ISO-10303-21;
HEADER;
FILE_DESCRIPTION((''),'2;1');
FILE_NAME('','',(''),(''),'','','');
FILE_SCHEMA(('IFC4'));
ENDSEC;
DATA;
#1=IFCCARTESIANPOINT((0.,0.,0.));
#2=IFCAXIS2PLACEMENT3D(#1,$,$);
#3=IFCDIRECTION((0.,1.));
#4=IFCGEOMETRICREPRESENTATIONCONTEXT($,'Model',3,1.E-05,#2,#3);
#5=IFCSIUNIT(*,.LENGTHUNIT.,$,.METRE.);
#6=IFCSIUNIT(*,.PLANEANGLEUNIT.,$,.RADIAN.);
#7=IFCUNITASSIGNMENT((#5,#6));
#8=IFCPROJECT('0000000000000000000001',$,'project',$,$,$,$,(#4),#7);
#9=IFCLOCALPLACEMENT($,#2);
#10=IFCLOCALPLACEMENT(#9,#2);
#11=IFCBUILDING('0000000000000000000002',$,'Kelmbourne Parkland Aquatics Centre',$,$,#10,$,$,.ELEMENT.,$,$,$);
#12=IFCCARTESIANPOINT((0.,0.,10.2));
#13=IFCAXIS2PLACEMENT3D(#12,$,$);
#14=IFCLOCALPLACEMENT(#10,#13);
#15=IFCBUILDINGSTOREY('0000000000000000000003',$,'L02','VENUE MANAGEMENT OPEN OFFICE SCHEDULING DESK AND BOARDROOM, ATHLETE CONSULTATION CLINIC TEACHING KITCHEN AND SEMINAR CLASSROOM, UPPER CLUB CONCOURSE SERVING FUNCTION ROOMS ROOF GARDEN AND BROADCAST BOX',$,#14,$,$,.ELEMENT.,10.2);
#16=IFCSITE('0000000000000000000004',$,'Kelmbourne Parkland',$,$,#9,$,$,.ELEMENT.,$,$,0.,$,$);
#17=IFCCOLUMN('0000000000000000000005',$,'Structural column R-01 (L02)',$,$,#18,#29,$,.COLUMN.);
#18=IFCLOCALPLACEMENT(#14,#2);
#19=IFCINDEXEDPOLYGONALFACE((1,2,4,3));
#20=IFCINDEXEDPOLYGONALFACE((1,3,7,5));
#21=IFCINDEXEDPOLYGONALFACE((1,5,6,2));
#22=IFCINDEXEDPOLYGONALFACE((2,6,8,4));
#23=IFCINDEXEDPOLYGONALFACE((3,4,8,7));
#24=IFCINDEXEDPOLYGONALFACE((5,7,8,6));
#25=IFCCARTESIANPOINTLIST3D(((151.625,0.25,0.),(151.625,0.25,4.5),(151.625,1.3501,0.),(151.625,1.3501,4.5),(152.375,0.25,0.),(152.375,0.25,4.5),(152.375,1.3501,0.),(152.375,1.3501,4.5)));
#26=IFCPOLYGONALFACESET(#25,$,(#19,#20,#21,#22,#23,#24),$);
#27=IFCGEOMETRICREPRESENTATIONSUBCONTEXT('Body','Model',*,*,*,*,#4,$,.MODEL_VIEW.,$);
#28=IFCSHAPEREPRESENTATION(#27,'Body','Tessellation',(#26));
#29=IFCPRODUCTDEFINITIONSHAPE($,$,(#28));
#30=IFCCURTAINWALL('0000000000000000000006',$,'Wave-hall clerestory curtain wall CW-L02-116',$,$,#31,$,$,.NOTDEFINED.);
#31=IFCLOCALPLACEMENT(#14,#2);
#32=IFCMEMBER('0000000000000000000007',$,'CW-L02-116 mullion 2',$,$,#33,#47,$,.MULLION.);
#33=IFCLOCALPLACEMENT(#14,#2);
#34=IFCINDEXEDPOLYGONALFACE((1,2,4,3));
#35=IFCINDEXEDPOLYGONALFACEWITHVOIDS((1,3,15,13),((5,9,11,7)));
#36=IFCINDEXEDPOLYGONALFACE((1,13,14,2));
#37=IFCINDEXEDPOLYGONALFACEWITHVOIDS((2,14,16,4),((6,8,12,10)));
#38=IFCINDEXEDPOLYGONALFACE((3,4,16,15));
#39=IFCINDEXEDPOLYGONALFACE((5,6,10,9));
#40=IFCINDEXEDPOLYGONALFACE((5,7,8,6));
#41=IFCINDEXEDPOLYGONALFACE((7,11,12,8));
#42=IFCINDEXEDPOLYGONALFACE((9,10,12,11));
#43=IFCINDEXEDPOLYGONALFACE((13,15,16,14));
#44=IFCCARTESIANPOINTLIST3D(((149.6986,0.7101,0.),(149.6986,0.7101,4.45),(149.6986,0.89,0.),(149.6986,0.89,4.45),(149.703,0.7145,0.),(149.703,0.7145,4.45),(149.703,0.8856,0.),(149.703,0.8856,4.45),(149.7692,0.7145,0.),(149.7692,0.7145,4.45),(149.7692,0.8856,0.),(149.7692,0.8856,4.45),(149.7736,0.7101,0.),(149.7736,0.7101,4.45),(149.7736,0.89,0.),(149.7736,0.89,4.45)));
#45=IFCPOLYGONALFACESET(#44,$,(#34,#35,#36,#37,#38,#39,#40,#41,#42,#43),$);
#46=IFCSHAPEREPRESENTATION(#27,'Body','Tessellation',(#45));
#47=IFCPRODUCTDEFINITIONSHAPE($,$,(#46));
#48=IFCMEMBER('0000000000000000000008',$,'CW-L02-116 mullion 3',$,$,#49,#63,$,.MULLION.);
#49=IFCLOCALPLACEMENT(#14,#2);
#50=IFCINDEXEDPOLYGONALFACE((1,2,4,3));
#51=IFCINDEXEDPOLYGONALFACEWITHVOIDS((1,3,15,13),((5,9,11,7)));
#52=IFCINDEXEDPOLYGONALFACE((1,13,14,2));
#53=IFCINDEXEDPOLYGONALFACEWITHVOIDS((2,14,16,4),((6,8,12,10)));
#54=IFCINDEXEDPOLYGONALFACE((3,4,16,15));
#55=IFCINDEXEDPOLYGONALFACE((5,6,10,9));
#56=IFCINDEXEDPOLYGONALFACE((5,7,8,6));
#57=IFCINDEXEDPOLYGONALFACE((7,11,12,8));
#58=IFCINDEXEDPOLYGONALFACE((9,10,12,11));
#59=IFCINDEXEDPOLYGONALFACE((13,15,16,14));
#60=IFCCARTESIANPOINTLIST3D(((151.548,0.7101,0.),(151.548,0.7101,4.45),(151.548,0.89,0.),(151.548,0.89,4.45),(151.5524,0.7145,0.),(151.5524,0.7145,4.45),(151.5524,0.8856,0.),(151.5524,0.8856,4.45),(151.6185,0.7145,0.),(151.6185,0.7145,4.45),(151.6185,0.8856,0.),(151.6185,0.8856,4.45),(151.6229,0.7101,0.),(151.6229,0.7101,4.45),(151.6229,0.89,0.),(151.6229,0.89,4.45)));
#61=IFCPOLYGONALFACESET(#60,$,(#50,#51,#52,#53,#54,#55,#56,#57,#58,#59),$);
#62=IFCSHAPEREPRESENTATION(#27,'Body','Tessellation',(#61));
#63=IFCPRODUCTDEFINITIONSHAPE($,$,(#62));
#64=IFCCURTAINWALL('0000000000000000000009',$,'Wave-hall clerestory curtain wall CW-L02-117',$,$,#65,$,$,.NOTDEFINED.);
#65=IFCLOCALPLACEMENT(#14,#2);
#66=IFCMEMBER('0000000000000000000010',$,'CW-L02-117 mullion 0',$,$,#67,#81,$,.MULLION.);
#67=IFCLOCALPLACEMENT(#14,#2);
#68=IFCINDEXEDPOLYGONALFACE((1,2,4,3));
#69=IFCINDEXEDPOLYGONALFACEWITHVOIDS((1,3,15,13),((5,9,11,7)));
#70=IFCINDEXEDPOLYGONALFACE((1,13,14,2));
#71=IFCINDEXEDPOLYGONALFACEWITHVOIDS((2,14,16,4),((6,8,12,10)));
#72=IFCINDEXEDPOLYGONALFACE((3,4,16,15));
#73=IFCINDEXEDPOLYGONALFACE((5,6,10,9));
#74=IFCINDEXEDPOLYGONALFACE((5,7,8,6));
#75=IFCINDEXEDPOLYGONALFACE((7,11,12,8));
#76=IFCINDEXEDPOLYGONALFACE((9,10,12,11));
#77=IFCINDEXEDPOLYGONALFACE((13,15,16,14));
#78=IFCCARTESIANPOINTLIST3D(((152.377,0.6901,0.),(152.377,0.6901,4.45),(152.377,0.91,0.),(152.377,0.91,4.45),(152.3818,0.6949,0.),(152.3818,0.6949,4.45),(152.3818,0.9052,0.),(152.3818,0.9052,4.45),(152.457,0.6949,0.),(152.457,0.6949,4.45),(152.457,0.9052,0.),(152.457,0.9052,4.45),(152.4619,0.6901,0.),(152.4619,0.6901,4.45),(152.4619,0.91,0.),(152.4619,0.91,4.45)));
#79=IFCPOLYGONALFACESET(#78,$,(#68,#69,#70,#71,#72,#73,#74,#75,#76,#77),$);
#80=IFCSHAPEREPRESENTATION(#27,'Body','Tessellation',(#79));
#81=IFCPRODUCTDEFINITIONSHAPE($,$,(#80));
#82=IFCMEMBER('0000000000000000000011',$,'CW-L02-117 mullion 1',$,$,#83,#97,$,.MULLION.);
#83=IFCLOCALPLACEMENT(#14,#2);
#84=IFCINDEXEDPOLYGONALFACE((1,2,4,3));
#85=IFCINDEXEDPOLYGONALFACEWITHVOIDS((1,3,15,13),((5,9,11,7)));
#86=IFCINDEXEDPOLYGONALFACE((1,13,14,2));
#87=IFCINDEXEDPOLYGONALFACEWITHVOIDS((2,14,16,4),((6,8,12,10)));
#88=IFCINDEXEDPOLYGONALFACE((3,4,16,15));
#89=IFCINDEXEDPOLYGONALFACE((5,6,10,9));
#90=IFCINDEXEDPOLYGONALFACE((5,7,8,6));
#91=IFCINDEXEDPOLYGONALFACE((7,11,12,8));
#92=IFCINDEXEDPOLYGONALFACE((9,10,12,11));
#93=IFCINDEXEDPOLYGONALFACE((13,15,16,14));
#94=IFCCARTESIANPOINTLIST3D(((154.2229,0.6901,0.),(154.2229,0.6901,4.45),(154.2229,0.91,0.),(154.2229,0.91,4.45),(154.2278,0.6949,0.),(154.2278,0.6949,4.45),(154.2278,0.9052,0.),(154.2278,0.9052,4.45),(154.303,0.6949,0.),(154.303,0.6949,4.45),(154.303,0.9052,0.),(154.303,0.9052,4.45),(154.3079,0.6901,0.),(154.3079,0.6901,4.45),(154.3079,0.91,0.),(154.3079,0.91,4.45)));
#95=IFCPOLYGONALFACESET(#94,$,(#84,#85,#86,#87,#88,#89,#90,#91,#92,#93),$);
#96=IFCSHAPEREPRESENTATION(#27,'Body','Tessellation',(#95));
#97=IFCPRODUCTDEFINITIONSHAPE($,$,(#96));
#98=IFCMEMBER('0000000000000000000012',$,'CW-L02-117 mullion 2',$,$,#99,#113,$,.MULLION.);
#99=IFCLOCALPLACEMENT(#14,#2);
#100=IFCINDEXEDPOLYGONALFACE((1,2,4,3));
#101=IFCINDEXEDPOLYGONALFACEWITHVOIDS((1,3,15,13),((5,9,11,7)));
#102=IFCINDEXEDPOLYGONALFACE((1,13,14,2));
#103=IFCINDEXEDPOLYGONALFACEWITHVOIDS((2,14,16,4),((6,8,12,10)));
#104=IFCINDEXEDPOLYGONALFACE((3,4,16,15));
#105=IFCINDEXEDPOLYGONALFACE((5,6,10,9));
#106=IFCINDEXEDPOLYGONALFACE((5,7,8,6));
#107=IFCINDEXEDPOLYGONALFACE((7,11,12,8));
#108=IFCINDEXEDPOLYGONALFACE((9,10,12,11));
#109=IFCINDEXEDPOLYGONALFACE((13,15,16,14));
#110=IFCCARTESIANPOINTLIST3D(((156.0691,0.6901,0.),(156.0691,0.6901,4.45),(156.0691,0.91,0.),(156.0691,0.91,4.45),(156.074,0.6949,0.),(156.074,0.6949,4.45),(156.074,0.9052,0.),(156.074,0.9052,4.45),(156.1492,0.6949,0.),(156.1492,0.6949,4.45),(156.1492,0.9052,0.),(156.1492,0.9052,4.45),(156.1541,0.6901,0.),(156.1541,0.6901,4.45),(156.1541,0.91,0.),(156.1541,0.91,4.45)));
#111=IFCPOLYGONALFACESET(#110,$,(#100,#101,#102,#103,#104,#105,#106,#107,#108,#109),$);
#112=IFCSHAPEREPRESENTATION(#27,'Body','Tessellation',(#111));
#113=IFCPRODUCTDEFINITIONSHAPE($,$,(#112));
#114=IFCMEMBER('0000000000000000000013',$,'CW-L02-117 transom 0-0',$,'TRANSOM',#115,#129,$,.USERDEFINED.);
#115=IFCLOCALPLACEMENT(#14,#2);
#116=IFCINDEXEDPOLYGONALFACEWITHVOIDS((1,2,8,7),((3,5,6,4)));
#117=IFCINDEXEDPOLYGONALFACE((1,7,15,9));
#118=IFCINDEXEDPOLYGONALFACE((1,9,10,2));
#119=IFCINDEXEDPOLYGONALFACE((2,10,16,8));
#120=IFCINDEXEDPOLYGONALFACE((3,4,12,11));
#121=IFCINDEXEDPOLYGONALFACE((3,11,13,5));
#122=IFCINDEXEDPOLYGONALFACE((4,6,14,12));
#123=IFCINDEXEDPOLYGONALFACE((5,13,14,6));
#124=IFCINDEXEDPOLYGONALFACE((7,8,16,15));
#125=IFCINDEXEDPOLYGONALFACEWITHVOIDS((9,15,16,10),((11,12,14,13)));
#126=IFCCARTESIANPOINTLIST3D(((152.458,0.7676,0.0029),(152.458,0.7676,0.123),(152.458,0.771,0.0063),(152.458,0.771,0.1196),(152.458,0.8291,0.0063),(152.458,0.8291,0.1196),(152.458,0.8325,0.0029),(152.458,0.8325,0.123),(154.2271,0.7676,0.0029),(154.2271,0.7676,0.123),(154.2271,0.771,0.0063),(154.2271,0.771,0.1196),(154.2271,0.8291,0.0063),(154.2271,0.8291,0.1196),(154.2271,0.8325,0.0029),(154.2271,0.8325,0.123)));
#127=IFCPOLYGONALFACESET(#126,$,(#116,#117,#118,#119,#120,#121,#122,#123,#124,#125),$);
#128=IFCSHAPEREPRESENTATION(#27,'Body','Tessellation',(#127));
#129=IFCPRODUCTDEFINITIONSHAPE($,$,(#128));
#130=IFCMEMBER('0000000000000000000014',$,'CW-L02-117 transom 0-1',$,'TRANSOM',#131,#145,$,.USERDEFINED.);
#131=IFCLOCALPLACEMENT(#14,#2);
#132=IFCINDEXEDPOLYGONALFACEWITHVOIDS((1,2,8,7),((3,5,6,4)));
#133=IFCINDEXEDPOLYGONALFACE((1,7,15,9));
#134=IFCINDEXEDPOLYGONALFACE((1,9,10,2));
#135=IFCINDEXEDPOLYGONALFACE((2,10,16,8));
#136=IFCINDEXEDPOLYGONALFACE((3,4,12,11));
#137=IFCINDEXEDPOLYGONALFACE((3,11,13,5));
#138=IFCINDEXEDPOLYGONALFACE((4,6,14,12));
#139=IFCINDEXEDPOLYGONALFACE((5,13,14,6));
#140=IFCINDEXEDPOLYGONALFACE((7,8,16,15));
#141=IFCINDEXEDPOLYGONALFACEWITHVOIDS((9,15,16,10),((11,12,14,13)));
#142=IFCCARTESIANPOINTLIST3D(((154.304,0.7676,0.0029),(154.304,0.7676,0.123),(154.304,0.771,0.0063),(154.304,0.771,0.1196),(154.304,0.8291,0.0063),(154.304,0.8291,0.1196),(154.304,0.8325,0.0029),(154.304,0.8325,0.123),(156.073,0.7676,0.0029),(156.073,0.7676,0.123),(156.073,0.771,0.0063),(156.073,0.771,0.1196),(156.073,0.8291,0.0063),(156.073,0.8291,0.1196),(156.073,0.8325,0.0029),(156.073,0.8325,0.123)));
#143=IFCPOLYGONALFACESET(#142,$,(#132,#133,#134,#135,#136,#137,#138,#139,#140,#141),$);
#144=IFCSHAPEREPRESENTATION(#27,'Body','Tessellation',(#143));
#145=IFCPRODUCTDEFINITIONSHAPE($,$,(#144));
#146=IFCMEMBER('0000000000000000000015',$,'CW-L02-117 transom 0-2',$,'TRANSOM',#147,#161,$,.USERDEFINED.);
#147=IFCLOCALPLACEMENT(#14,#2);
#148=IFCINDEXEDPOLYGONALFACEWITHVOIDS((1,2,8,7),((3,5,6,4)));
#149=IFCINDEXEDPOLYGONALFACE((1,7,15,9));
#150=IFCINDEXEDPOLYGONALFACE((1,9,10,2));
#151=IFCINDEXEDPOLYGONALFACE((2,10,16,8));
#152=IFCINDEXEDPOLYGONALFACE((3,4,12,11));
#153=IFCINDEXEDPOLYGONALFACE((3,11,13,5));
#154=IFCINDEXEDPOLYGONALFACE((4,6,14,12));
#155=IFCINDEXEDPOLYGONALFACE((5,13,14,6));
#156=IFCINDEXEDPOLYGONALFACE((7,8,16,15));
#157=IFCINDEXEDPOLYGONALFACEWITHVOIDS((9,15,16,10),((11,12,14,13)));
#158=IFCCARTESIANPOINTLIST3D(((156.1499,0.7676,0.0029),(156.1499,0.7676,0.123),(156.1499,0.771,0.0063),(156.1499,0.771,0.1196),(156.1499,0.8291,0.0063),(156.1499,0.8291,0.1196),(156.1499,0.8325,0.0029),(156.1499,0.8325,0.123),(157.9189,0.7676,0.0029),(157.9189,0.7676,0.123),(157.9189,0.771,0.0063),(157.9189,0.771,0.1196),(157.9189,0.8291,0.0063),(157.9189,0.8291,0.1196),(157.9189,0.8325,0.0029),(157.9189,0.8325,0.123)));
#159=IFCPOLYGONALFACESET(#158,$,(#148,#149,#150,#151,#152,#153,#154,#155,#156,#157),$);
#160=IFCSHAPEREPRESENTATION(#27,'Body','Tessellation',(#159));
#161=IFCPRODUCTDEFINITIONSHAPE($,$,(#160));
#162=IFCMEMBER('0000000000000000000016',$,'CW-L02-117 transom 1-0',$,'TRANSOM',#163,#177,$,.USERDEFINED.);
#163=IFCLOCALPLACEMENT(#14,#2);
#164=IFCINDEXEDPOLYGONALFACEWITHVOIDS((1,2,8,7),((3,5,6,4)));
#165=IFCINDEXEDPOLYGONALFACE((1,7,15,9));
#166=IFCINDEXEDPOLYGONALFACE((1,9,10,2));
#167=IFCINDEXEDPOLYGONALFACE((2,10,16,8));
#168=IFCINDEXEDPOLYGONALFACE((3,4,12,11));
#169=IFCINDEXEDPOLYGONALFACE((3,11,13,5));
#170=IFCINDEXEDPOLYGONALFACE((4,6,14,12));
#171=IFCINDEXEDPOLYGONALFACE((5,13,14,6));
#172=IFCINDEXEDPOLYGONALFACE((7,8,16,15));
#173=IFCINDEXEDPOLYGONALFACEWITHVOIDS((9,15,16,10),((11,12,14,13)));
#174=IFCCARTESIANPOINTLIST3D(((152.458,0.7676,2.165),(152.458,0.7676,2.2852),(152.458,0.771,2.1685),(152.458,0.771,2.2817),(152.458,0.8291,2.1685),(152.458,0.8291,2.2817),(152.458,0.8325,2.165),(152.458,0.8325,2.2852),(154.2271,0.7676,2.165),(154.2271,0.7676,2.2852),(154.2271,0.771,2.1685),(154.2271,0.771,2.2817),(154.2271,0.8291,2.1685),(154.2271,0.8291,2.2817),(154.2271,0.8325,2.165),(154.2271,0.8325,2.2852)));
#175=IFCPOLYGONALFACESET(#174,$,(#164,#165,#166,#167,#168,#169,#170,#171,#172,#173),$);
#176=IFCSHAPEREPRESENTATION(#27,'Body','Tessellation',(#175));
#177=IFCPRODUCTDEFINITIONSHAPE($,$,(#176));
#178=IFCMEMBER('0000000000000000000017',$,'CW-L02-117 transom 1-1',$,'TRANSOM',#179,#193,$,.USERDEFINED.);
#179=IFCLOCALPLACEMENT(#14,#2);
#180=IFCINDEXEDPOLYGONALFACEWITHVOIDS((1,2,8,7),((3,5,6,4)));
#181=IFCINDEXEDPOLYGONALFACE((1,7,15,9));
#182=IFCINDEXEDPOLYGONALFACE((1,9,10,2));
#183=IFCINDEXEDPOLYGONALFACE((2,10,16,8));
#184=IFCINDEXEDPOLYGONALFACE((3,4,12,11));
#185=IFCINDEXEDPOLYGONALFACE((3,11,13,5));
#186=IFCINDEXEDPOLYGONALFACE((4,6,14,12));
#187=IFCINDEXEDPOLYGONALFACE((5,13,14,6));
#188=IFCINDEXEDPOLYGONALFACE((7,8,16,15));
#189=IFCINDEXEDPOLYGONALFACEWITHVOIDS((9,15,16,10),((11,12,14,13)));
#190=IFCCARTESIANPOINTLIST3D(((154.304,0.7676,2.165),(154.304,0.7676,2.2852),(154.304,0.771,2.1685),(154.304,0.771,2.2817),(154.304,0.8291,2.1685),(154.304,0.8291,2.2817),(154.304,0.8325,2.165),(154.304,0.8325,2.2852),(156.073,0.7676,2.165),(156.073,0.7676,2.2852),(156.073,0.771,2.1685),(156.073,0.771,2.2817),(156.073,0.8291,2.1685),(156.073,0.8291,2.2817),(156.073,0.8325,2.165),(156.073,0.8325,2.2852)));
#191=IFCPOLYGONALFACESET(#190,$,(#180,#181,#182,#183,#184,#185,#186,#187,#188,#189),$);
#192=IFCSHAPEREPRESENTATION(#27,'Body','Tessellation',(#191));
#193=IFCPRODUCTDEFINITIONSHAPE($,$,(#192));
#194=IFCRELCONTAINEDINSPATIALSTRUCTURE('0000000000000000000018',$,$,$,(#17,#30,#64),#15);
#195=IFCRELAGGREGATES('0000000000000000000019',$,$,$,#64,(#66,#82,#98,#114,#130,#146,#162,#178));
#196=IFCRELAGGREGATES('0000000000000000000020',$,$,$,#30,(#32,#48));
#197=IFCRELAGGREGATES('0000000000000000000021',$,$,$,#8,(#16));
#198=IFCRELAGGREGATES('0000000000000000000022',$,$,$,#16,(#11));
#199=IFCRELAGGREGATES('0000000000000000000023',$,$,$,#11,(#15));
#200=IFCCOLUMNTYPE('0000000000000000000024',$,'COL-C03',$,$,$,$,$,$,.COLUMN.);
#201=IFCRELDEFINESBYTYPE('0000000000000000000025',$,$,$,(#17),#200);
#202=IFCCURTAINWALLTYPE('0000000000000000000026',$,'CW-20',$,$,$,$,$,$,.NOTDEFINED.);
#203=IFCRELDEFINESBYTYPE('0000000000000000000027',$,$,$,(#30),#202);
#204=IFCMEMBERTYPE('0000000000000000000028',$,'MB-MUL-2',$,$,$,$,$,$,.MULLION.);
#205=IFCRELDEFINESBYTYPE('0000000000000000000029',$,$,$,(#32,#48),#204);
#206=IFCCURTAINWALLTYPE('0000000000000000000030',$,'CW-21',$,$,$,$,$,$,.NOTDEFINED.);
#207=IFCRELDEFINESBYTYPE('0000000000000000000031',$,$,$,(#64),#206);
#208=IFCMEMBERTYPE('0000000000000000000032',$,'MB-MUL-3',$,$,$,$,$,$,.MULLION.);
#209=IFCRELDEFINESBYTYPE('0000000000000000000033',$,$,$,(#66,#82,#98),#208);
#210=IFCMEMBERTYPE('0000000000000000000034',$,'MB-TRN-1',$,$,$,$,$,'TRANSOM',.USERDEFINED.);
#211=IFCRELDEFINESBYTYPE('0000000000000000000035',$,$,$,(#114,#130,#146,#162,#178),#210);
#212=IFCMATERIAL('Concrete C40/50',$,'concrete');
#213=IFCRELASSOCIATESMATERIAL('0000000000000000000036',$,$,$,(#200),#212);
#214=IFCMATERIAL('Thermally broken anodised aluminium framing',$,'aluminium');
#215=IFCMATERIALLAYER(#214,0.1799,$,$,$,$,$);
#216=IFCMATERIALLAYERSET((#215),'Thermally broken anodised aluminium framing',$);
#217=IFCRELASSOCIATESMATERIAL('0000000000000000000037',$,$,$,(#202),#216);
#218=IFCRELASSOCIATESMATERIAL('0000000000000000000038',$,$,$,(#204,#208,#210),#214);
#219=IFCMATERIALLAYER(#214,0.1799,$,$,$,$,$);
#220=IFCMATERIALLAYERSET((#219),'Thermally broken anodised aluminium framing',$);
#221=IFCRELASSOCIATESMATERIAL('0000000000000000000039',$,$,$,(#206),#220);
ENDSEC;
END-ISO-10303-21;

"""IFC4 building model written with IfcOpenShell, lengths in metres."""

from ifc_helpers import new_model, si_unit, direction, frame, origin, origin_2d, place, context, subcontext, project, spatial, rectangle, hollow_rectangle, extrude, material, layer, layer_set, material_profile, profile_set, type_object, element, aggregate, save


model = new_model("IFC4")

# Units and contexts
model_context = context("Model", 3, precision=1e-05, world=origin(), true_north=direction((0.0, 1.0)))
body_context = subcontext(model_context, "Body", "Model", "MODEL_VIEW")
ifc_project = project(units=[si_unit("LENGTHUNIT", "METRE"), si_unit("PLANEANGLEUNIT", "RADIAN")], contexts=[model_context])

# Site, building, storey
site_placement = place(None, origin())
site = spatial("IfcSite", under=ifc_project, at=site_placement, Name="Kelmbourne Parkland", CompositionType="ELEMENT", RefElevation=0.0)
building_placement = place(site_placement, origin())
building = spatial("IfcBuilding", under=site, at=building_placement, Name="Kelmbourne Parkland Aquatics Centre", CompositionType="ELEMENT")
storey_placement = place(building_placement, frame((0.0, 0.0, 10.2)))
storey = spatial("IfcBuildingStorey", under=building, at=storey_placement, Name="L02", Description="VENUE MANAGEMENT OPEN OFFICE SCHEDULING DESK AND BOARDROOM, ATHLETE CONSULTATION CLINIC TEACHING KITCHEN AND SEMINAR CLASSROOM, UPPER CLUB CONCOURSE SERVING FUNCTION ROOMS ROOF GARDEN AND BROADCAST BOX", CompositionType="ELEMENT", Elevation=10.2)

# Column
ifc_material_1 = material(Name="Concrete C40/50", Category="concrete")
ifc_material_profile_1 = material_profile(ifc_material_1, rectangle(XDim=0.75, YDim=1.1001, at=origin_2d()), Name="RC 750x1100")
ifc_profile_set_1 = profile_set([ifc_material_profile_1], Name="Concrete C40/50")
column_type = type_object("IfcColumnType", Name="COL-C03", PredefinedType="COLUMN", material=ifc_profile_set_1)
column_placement = place(storey_placement, frame((152.0, 0.8, 0.0), z_axis=(0.0, 0.0, 1.0), x_axis=(1.0, 0.0, 0.0)))
element("IfcColumn", 1, at=column_placement, inside=storey, type_object=column_type, Name="Structural column R-01 (L02)", PredefinedType="COLUMN", context=body_context, shape_type="SweptSolid", body=[
    extrude(rectangle(XDim=0.75, YDim=1.1001, at=origin_2d()), origin(), (0.0, 0.0, 1.0), 4.5),
])

# Curtain walls, members
ifc_material_2 = material(Name="Thermally broken anodised aluminium framing", Category="aluminium")
ifc_layer_1 = layer(ifc_material_2, 0.1799)
ifc_layer_set_1 = layer_set([ifc_layer_1], Name="Thermally broken anodised aluminium framing")
curtain_wall_type_1 = type_object("IfcCurtainWallType", Name="CW-20", PredefinedType="NOTDEFINED", material=ifc_layer_set_1)
curtain_wall_1_placement = place(storey_placement, origin())
curtain_wall_1 = element("IfcCurtainWall", 2, at=curtain_wall_1_placement, inside=storey, type_object=curtain_wall_type_1, Name="Wave-hall clerestory curtain wall CW-L02-116", PredefinedType="NOTDEFINED")
ifc_material_profile_2 = material_profile(ifc_material_2, hollow_rectangle(XDim=0.075, YDim=0.1799, WallThickness=0.0044, at=origin_2d()), Name="CW-M 75x180")
ifc_profile_set_2 = profile_set([ifc_material_profile_2], Name="Thermally broken anodised aluminium framing")
member_type_1 = type_object("IfcMemberType", Name="MB-MUL-2", PredefinedType="MULLION", material=ifc_profile_set_2)
member_1_placement = place(storey_placement, frame((149.7361, 0.8, 0.0), z_axis=(0.0, 0.0, 1.0), x_axis=(1.0, 0.0, 0.0)))
member_1 = element("IfcMember", 3, at=member_1_placement, type_object=member_type_1, Name="CW-L02-116 mullion 2", PredefinedType="MULLION", context=body_context, shape_type="SweptSolid", body=[
    extrude(hollow_rectangle(XDim=0.075, YDim=0.1799, WallThickness=0.0044, at=origin_2d()), origin(), (0.0, 0.0, 1.0), 4.45),
])
member_2_placement = place(storey_placement, frame((151.5854, 0.8, 0.0), z_axis=(0.0, 0.0, 1.0), x_axis=(1.0, 0.0, 0.0)))
member_2 = element("IfcMember", 4, at=member_2_placement, type_object=member_type_1, Name="CW-L02-116 mullion 3", PredefinedType="MULLION", context=body_context, shape_type="SweptSolid", body=[
    extrude(hollow_rectangle(XDim=0.075, YDim=0.1799, WallThickness=0.0044, at=origin_2d()), origin(), (0.0, 0.0, 1.0), 4.45),
])
ifc_layer_2 = layer(ifc_material_2, 0.1799)
ifc_layer_set_2 = layer_set([ifc_layer_2], Name="Thermally broken anodised aluminium framing")
curtain_wall_type_2 = type_object("IfcCurtainWallType", Name="CW-21", PredefinedType="NOTDEFINED", material=ifc_layer_set_2)
curtain_wall_2_placement = place(storey_placement, origin())
curtain_wall_2 = element("IfcCurtainWall", 5, at=curtain_wall_2_placement, inside=storey, type_object=curtain_wall_type_2, Name="Wave-hall clerestory curtain wall CW-L02-117", PredefinedType="NOTDEFINED")
ifc_material_profile_3 = material_profile(ifc_material_2, hollow_rectangle(XDim=0.085, YDim=0.22, WallThickness=0.0049, at=origin_2d()), Name="CW-M 85x220")
ifc_profile_set_3 = profile_set([ifc_material_profile_3], Name="Thermally broken anodised aluminium framing")
member_type_2 = type_object("IfcMemberType", Name="MB-MUL-3", PredefinedType="MULLION", material=ifc_profile_set_3)
member_3_placement = place(storey_placement, frame((152.4194, 0.8, 0.0), z_axis=(0.0, 0.0, 1.0), x_axis=(1.0, 0.0, 0.0)))
member_3 = element("IfcMember", 6, at=member_3_placement, type_object=member_type_2, Name="CW-L02-117 mullion 0", PredefinedType="MULLION", context=body_context, shape_type="SweptSolid", body=[
    extrude(hollow_rectangle(XDim=0.085, YDim=0.22, WallThickness=0.0049, at=origin_2d()), origin(), (0.0, 0.0, 1.0), 4.45),
])
member_4_placement = place(storey_placement, frame((154.2654, 0.8, 0.0), z_axis=(0.0, 0.0, 1.0), x_axis=(1.0, 0.0, 0.0)))
member_4 = element("IfcMember", 7, at=member_4_placement, type_object=member_type_2, Name="CW-L02-117 mullion 1", PredefinedType="MULLION", context=body_context, shape_type="SweptSolid", body=[
    extrude(hollow_rectangle(XDim=0.085, YDim=0.22, WallThickness=0.0049, at=origin_2d()), origin(), (0.0, 0.0, 1.0), 4.45),
])
member_5_placement = place(storey_placement, frame((156.1116, 0.8, 0.0), z_axis=(0.0, 0.0, 1.0), x_axis=(1.0, 0.0, 0.0)))
member_5 = element("IfcMember", 8, at=member_5_placement, type_object=member_type_2, Name="CW-L02-117 mullion 2", PredefinedType="MULLION", context=body_context, shape_type="SweptSolid", body=[
    extrude(hollow_rectangle(XDim=0.085, YDim=0.22, WallThickness=0.0049, at=origin_2d()), origin(), (0.0, 0.0, 1.0), 4.45),
])
ifc_material_profile_4 = material_profile(ifc_material_2, hollow_rectangle(XDim=0.0649, YDim=0.1201, WallThickness=0.0034, at=origin_2d()), Name="CW-T 65x120")
ifc_profile_set_4 = profile_set([ifc_material_profile_4], Name="Thermally broken anodised aluminium framing")
member_type_3 = type_object("IfcMemberType", Name="MB-TRN-1", ElementType="TRANSOM", PredefinedType="USERDEFINED", material=ifc_profile_set_4)
member_6_placement = place(storey_placement, frame((152.458, 0.8, 0.063), z_axis=(1.0, 0.0, 0.0), x_axis=(0.0, 1.0, 0.0)))
member_6 = element("IfcMember", 9, at=member_6_placement, type_object=member_type_3, Name="CW-L02-117 transom 0-0", ObjectType="TRANSOM", PredefinedType="USERDEFINED", context=body_context, shape_type="SweptSolid", body=[
    extrude(hollow_rectangle(XDim=0.0649, YDim=0.1201, WallThickness=0.0034, at=origin_2d()), origin(), (0.0, 0.0, 1.0), 1.769),
])
member_7_placement = place(storey_placement, frame((154.304, 0.8, 0.063), z_axis=(1.0, 0.0, 0.0), x_axis=(0.0, 1.0, 0.0)))
member_7 = element("IfcMember", 10, at=member_7_placement, type_object=member_type_3, Name="CW-L02-117 transom 0-1", ObjectType="TRANSOM", PredefinedType="USERDEFINED", context=body_context, shape_type="SweptSolid", body=[
    extrude(hollow_rectangle(XDim=0.0649, YDim=0.1201, WallThickness=0.0034, at=origin_2d()), origin(), (0.0, 0.0, 1.0), 1.769),
])
member_8_placement = place(storey_placement, frame((156.1499, 0.8, 0.063), z_axis=(1.0, 0.0, 0.0), x_axis=(0.0, 1.0, 0.0)))
member_8 = element("IfcMember", 11, at=member_8_placement, type_object=member_type_3, Name="CW-L02-117 transom 0-2", ObjectType="TRANSOM", PredefinedType="USERDEFINED", context=body_context, shape_type="SweptSolid", body=[
    extrude(hollow_rectangle(XDim=0.0649, YDim=0.1201, WallThickness=0.0034, at=origin_2d()), origin(), (0.0, 0.0, 1.0), 1.769),
])
member_9_placement = place(storey_placement, frame((152.458, 0.8, 2.2251), z_axis=(1.0, 0.0, 0.0), x_axis=(0.0, 1.0, 0.0)))
member_9 = element("IfcMember", 12, at=member_9_placement, type_object=member_type_3, Name="CW-L02-117 transom 1-0", ObjectType="TRANSOM", PredefinedType="USERDEFINED", context=body_context, shape_type="SweptSolid", body=[
    extrude(hollow_rectangle(XDim=0.0649, YDim=0.1201, WallThickness=0.0034, at=origin_2d()), origin(), (0.0, 0.0, 1.0), 1.769),
])
member_10_placement = place(storey_placement, frame((154.304, 0.8, 2.2251), z_axis=(1.0, 0.0, 0.0), x_axis=(0.0, 1.0, 0.0)))
member_10 = element("IfcMember", 13, at=member_10_placement, type_object=member_type_3, Name="CW-L02-117 transom 1-1", ObjectType="TRANSOM", PredefinedType="USERDEFINED", context=body_context, shape_type="SweptSolid", body=[
    extrude(hollow_rectangle(XDim=0.0649, YDim=0.1201, WallThickness=0.0034, at=origin_2d()), origin(), (0.0, 0.0, 1.0), 1.769),
])

aggregate(curtain_wall_2, [member_3, member_4, member_5, member_6, member_7, member_8, member_9, member_10])
aggregate(curtain_wall_1, [member_1, member_2])

save(model, "model.ifc")
